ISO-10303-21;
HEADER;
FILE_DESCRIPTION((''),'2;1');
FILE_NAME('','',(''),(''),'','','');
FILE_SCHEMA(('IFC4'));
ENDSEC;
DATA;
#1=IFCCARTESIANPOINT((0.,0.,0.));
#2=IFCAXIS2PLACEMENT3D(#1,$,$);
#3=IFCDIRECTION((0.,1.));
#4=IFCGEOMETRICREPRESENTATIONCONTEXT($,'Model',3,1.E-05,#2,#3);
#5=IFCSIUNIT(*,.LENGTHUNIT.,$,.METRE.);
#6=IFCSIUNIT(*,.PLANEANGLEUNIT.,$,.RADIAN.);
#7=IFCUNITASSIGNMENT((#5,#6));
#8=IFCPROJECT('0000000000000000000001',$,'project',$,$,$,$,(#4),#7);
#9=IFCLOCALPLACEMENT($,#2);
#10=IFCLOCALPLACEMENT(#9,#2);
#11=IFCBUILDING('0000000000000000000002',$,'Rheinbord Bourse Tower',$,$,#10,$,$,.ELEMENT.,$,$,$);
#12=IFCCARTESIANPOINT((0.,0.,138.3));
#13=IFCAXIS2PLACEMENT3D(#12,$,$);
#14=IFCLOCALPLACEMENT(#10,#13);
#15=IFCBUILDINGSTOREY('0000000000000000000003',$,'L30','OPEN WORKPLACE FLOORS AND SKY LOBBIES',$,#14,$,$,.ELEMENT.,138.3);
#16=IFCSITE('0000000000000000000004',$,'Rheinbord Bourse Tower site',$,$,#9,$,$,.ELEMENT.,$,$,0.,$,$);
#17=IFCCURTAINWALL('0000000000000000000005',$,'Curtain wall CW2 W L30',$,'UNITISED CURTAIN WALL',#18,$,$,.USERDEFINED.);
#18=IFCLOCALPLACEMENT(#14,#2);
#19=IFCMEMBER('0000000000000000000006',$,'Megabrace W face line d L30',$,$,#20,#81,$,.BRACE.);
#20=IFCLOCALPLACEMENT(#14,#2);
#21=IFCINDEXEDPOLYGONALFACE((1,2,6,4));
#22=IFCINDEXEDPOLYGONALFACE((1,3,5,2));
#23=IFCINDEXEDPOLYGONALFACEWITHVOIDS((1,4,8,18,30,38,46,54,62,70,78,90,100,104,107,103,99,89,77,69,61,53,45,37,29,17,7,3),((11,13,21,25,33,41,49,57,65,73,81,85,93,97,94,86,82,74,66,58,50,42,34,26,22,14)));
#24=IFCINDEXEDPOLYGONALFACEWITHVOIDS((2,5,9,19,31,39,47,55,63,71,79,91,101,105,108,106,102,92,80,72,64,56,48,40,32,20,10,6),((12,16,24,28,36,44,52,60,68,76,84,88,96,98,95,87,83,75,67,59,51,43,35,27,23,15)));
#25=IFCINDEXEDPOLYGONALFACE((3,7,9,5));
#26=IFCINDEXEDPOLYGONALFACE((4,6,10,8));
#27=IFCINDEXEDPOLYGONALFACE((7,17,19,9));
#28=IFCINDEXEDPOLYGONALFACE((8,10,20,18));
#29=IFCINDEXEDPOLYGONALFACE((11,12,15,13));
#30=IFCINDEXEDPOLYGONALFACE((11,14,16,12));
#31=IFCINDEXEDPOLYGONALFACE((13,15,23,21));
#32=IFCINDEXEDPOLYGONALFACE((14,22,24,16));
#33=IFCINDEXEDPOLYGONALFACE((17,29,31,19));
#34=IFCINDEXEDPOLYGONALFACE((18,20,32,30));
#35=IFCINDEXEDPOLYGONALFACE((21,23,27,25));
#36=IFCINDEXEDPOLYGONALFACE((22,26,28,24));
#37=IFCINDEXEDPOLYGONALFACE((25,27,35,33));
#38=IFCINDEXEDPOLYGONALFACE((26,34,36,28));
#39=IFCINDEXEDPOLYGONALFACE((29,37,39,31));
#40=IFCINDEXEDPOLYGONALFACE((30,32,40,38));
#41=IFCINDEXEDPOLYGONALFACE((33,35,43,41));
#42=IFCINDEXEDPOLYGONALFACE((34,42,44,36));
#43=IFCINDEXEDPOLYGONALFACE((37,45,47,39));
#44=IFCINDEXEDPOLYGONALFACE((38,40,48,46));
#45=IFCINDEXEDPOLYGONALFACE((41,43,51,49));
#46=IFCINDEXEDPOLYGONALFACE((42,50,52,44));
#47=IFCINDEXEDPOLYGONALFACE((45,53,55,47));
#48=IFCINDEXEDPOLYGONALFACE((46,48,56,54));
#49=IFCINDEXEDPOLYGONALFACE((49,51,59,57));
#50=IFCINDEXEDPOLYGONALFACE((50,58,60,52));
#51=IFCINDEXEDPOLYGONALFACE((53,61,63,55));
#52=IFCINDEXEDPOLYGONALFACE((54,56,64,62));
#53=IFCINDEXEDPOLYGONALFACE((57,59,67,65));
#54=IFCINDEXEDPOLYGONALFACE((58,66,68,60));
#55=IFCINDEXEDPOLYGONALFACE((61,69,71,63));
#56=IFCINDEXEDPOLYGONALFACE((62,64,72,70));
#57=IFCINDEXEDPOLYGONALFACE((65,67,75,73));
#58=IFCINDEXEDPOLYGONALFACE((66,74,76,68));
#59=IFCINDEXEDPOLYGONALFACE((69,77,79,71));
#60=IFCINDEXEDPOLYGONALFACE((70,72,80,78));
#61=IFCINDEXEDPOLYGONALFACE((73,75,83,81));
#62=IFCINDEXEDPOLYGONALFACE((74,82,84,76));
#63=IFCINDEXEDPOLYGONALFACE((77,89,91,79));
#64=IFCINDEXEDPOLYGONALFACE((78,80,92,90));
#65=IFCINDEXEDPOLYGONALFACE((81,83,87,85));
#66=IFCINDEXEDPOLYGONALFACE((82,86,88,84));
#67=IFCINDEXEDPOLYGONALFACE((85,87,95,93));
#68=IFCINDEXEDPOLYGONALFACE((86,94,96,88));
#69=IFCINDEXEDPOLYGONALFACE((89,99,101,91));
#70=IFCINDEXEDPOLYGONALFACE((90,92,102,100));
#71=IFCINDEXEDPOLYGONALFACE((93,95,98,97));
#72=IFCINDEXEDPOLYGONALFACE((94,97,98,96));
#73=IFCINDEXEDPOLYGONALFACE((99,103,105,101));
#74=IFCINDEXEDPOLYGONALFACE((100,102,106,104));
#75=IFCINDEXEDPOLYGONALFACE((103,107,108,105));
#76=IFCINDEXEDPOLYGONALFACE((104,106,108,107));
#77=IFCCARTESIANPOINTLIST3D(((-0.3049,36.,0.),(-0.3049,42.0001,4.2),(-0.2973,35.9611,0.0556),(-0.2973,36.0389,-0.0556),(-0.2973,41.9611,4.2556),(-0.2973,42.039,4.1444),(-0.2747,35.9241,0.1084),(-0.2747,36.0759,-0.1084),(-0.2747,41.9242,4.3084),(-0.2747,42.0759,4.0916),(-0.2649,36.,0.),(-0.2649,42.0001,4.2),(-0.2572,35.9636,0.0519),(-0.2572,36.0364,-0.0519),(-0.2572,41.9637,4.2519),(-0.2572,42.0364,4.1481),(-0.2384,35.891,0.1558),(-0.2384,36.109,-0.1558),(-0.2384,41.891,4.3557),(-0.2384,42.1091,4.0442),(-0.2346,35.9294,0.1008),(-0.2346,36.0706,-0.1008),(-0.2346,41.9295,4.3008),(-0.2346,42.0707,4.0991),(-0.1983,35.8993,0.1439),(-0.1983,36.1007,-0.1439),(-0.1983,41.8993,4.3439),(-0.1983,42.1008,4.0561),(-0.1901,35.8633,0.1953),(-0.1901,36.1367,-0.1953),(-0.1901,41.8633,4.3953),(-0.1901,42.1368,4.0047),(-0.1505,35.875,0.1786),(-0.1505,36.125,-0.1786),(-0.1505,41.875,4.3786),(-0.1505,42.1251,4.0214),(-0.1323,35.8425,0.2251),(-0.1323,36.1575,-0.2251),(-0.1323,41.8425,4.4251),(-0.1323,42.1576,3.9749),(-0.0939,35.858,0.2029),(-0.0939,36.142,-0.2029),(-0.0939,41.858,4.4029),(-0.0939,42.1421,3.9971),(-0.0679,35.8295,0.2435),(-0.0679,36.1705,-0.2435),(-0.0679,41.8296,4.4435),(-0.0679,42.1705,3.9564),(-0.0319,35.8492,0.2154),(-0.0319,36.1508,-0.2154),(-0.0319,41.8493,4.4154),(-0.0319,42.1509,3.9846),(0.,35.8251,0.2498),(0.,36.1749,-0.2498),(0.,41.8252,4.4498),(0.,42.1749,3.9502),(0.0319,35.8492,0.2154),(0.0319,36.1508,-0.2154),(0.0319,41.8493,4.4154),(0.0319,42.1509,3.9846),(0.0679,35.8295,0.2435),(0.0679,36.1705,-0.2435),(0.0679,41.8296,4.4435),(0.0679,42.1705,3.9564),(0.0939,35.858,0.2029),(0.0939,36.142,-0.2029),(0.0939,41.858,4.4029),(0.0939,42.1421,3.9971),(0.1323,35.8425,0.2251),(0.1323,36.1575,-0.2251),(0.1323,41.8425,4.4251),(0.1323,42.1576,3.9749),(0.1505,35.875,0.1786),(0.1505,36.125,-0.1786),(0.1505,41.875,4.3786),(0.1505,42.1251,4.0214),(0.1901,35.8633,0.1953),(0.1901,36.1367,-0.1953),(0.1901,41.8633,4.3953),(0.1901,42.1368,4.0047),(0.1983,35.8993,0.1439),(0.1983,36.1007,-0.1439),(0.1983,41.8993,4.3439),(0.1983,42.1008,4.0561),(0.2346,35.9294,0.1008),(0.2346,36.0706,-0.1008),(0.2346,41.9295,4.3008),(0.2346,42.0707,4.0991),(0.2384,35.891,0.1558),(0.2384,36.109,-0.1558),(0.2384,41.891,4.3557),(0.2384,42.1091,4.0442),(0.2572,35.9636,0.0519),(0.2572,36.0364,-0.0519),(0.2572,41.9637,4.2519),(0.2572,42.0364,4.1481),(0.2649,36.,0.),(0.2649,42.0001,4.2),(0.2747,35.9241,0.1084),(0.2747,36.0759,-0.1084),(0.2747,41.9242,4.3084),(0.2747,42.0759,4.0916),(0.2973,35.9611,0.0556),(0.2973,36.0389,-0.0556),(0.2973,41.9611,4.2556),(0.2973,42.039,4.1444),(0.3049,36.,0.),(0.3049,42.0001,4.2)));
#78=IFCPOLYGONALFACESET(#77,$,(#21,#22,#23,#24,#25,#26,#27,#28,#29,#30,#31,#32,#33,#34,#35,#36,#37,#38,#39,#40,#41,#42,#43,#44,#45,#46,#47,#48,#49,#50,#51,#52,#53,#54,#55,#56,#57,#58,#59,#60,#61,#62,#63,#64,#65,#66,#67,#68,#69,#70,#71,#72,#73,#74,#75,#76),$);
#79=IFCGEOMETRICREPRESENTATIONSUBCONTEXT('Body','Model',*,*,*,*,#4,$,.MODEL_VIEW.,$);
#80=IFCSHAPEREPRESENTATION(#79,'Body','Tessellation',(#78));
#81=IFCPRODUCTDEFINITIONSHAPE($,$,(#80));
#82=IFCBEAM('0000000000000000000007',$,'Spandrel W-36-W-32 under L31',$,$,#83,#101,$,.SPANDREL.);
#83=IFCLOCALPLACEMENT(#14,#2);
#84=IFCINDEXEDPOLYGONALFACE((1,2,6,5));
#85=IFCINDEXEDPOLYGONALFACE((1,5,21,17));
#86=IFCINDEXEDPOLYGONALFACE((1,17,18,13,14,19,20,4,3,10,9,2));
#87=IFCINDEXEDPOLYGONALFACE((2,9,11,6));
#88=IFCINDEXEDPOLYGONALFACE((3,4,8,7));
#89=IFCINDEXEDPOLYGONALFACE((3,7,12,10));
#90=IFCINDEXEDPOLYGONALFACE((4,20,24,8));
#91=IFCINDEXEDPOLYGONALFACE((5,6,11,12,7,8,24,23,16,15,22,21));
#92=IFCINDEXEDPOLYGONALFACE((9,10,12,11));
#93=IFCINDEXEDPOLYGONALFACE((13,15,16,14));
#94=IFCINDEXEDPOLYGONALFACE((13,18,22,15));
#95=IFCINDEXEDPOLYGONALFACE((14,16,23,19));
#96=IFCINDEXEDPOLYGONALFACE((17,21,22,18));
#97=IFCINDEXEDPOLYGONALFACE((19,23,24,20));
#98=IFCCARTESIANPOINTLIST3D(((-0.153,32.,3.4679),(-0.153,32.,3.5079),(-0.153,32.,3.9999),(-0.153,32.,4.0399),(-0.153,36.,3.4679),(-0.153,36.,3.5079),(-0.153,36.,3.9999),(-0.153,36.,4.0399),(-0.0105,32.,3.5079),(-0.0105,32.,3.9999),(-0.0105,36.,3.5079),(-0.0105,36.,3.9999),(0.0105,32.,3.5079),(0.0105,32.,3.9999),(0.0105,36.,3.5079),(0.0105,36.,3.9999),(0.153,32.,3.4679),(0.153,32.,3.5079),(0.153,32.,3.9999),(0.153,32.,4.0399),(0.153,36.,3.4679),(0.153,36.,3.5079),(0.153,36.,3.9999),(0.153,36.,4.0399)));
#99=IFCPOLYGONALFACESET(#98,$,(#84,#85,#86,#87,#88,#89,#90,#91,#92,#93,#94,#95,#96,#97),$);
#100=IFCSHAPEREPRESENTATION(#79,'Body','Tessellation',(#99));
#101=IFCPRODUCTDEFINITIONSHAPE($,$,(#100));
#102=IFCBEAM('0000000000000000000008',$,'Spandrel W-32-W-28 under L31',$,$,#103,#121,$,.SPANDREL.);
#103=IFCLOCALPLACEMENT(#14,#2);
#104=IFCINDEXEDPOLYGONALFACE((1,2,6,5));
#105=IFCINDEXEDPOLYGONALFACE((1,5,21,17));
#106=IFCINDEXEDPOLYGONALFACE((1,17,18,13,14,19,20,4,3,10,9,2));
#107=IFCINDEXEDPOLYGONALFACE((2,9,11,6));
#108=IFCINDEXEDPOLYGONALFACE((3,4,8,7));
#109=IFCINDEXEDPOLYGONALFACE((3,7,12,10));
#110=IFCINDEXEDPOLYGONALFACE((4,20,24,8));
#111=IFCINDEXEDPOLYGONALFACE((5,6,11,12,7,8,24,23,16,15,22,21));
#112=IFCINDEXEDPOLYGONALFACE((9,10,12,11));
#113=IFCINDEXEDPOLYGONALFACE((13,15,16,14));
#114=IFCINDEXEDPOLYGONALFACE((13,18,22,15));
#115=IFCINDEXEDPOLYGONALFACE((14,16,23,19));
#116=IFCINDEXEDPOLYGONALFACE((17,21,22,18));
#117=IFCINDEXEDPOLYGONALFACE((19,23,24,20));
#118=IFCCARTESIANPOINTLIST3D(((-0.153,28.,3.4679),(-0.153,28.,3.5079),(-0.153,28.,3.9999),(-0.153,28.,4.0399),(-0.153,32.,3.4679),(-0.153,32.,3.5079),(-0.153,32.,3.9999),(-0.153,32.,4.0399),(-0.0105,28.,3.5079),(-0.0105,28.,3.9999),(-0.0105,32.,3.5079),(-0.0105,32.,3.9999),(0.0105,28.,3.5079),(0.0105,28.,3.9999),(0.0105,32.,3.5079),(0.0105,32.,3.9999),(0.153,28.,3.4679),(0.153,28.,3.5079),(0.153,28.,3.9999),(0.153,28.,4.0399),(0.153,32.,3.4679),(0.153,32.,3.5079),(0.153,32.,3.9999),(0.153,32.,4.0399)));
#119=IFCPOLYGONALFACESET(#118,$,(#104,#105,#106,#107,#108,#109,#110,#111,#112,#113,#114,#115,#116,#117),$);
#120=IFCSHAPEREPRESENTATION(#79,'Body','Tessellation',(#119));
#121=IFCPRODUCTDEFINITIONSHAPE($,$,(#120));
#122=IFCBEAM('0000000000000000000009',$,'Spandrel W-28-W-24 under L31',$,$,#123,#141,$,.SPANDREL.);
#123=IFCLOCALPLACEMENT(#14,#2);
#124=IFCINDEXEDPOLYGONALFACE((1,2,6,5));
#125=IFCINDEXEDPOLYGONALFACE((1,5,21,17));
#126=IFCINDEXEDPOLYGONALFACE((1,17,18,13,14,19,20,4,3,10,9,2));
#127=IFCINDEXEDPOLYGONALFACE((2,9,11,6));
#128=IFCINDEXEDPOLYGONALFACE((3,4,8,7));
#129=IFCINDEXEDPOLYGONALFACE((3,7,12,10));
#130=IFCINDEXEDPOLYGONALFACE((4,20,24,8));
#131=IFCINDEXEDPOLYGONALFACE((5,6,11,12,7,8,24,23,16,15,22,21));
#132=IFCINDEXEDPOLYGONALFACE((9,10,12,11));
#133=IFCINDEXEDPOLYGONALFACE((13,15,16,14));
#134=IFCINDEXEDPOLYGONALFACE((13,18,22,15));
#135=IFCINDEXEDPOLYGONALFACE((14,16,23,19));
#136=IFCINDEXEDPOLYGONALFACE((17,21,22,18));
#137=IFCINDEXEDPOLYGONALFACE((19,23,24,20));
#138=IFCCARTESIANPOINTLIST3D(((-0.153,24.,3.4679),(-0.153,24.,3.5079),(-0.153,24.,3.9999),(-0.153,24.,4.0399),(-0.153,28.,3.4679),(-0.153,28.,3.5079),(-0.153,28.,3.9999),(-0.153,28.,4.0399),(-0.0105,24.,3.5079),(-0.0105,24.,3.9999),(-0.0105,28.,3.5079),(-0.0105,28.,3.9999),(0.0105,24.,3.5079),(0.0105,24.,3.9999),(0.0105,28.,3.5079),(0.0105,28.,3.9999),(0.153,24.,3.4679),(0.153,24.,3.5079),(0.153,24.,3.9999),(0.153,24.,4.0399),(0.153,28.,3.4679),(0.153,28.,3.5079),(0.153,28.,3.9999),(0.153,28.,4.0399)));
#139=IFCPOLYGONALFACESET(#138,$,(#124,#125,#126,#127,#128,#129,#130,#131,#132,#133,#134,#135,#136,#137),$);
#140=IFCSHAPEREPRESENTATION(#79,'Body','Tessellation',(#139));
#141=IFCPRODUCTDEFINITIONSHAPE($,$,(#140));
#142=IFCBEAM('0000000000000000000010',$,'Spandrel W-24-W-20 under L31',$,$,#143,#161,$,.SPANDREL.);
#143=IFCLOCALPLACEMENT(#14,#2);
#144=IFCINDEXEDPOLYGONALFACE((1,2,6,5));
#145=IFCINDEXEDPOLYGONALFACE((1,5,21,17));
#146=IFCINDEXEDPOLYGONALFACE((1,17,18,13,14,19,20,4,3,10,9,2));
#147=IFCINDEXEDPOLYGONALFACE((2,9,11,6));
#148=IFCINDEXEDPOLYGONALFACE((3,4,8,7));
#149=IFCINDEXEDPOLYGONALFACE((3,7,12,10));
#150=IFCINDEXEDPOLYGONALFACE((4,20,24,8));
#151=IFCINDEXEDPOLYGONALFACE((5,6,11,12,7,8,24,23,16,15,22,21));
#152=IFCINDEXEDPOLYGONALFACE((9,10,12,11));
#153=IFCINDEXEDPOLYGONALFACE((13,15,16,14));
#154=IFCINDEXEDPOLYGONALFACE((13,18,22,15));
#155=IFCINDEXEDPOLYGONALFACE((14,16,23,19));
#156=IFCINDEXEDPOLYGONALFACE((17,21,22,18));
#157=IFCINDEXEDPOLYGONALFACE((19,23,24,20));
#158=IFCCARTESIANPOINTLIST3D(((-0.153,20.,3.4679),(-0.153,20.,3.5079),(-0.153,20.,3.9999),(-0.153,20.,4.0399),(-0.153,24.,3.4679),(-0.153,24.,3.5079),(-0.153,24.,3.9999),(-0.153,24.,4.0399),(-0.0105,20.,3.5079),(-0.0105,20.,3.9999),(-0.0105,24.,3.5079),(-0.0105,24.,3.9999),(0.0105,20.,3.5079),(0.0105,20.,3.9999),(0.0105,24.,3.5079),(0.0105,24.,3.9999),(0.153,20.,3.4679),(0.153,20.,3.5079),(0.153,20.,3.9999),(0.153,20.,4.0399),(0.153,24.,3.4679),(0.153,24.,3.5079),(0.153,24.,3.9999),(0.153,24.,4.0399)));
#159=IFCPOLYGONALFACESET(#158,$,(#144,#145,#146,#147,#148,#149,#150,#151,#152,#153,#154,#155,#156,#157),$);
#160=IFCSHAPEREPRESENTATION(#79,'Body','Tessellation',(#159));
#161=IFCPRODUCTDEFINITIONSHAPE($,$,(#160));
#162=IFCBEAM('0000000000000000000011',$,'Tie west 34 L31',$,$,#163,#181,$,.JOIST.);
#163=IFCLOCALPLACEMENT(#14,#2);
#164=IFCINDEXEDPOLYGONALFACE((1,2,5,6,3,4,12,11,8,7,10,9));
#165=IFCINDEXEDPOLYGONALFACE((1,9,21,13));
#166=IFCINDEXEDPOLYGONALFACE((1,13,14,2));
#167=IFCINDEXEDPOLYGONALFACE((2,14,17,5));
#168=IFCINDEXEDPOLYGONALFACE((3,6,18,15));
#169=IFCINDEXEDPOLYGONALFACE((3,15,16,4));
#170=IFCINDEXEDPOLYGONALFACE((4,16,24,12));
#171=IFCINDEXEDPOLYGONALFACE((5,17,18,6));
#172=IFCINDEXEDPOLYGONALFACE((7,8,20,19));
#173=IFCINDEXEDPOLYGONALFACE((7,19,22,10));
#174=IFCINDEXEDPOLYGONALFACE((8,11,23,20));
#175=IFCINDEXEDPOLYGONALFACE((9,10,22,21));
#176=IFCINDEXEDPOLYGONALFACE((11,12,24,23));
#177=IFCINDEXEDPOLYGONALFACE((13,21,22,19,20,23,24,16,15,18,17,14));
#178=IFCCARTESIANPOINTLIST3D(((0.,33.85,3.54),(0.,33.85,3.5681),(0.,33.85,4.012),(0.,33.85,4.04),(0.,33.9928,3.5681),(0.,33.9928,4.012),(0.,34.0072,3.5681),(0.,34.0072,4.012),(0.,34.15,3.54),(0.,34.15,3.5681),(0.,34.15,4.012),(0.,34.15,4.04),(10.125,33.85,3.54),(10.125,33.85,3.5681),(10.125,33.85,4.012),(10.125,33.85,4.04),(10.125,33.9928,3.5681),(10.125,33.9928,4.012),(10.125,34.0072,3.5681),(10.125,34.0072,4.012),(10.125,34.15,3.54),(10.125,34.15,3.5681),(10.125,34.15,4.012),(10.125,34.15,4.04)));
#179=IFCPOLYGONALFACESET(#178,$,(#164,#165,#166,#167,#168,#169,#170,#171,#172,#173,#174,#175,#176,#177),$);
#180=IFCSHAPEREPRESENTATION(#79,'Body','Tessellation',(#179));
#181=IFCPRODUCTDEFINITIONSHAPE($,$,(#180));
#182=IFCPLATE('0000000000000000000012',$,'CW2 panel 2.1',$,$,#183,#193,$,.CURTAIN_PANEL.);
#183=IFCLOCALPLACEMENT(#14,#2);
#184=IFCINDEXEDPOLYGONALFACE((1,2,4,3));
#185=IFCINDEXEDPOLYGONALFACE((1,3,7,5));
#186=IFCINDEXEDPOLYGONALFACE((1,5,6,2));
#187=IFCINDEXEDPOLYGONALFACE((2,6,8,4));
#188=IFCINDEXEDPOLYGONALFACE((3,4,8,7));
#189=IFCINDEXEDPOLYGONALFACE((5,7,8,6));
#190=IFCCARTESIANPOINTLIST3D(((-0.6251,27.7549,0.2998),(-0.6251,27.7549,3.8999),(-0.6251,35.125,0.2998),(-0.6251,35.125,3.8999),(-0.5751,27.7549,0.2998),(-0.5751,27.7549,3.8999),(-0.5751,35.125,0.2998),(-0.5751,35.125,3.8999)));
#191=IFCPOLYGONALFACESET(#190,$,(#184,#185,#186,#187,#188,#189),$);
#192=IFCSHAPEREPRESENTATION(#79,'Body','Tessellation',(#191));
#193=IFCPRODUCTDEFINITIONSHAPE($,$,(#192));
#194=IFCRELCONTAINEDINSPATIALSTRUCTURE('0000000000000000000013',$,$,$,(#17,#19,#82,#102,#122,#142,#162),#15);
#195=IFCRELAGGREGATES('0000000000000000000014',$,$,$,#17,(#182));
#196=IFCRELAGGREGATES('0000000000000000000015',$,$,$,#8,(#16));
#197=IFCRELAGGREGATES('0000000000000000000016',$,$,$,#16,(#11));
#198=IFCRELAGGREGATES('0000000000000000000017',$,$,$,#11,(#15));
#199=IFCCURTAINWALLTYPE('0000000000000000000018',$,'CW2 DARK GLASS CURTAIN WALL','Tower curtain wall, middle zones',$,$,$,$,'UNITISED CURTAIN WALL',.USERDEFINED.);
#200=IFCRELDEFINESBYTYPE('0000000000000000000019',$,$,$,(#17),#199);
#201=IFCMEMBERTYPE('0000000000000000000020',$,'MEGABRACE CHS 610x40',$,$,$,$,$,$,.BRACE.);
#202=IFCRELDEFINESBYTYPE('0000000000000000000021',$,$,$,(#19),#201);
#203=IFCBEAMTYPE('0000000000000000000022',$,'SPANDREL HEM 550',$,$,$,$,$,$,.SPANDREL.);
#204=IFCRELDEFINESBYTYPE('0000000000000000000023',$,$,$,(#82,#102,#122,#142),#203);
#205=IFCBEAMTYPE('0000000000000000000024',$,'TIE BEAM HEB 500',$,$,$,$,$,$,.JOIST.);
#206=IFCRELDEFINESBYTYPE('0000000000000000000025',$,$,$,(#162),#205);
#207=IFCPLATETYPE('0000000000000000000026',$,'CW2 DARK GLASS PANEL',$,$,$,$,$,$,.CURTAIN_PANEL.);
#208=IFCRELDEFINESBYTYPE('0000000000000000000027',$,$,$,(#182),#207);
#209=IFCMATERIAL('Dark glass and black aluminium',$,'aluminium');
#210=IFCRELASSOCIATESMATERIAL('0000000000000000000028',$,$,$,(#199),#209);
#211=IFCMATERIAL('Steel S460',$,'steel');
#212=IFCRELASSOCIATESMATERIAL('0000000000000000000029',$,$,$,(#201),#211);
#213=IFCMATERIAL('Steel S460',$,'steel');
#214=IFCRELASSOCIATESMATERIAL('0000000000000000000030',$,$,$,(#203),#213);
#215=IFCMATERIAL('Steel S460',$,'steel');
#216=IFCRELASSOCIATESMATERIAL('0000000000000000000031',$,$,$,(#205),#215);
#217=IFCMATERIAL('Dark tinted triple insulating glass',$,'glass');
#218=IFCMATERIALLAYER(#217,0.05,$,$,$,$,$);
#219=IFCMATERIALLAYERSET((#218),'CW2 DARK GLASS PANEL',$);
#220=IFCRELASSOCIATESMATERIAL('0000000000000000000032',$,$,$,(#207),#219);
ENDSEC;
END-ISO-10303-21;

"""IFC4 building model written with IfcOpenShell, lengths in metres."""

from ifc_helpers import new_model, si_unit, direction, frame, origin, origin_2d, place, context, subcontext, project, spatial, rectangle, hollow_circle, i_section, extrude, material, layer, layer_set, material_profile, profile_set, type_object, element, aggregate, save


model = new_model("IFC4")

# Units and contexts
model_context = context("Model", 3, precision=1e-05, world=origin(), true_north=direction((0.0, 1.0)))
body_context = subcontext(model_context, "Body", "Model", "MODEL_VIEW")
ifc_project = project(units=[si_unit("LENGTHUNIT", "METRE"), si_unit("PLANEANGLEUNIT", "RADIAN")], contexts=[model_context])

# Site, building, storey
site_placement = place(None, origin())
site = spatial("IfcSite", under=ifc_project, at=site_placement, Name="Rheinbord Bourse Tower site", CompositionType="ELEMENT", RefElevation=0.0)
building_placement = place(site_placement, origin())
building = spatial("IfcBuilding", under=site, at=building_placement, Name="Rheinbord Bourse Tower", CompositionType="ELEMENT")
storey_placement = place(building_placement, frame((0.0, 0.0, 138.3)))
storey = spatial("IfcBuildingStorey", under=building, at=storey_placement, Name="L30", Description="OPEN WORKPLACE FLOORS AND SKY LOBBIES", CompositionType="ELEMENT", Elevation=138.3)

# Curtain wall
ifc_material_1 = material(Name="Dark glass and black aluminium", Category="aluminium")
curtain_wall_type = type_object("IfcCurtainWallType", Name="CW2 DARK GLASS CURTAIN WALL", Description="Tower curtain wall, middle zones", ElementType="UNITISED CURTAIN WALL", PredefinedType="USERDEFINED", material=ifc_material_1)
curtain_wall_placement = place(storey_placement, origin())
curtain_wall = element("IfcCurtainWall", 1, at=curtain_wall_placement, inside=storey, type_object=curtain_wall_type, Name="Curtain wall CW2 W L30", ObjectType="UNITISED CURTAIN WALL", PredefinedType="USERDEFINED")

# Member
ifc_material_2 = material(Name="Steel S460", Category="steel")
ifc_material_profile_1 = material_profile(ifc_material_2, hollow_circle(Radius=0.3049, WallThickness=0.04, at=origin_2d()), Name="CHS 610x40")
ifc_profile_set_1 = profile_set([ifc_material_profile_1], Name="Steel S460")
member_type_1 = type_object("IfcMemberType", Name="MEGABRACE CHS 610x40", PredefinedType="BRACE", material=ifc_profile_set_1)
member_1_placement = place(storey_placement, frame((0.0, 36.0, 0.0), z_axis=(0.0, 0.819235, 0.573458), x_axis=(-1.0, 0.0, 0.0)))
element("IfcMember", 2, at=member_1_placement, inside=storey, type_object=member_type_1, Name="Megabrace W face line d L30", PredefinedType="BRACE", context=body_context, shape_type="SweptSolid", body=[
    extrude(hollow_circle(Radius=0.3049, WallThickness=0.04, at=origin_2d()), origin(), (0.0, 0.0, 1.0), 7.324),
])

# Beams
ifc_material_3 = material(Name="Steel S460", Category="steel")
ifc_material_profile_2 = material_profile(ifc_material_3, i_section(OverallWidth=0.3059, OverallDepth=0.572, WebThickness=0.021, FlangeThickness=0.04, at=origin_2d()), Name="HEM 550")
ifc_profile_set_2 = profile_set([ifc_material_profile_2], Name="Steel S460")
beam_type_1 = type_object("IfcBeamType", Name="SPANDREL HEM 550", PredefinedType="SPANDREL", material=ifc_profile_set_2)
for number, where, z_axis, x_axis, name in (
    (3, (0.0, 36.0, 3.7539), (0.0, -1.0, 0.0), (1.0, 0.0, 0.0), "Spandrel W-36-W-32 under L31"),
    (4, (0.0, 32.0, 3.7539), (0.0, -1.0, 0.0), (1.0, 0.0, 0.0), "Spandrel W-32-W-28 under L31"),
    (5, (0.0, 28.0, 3.7539), (0.0, -1.0, 0.0), (1.0, 0.0, 0.0), "Spandrel W-28-W-24 under L31"),
    (6, (0.0, 24.0, 3.7539), (0.0, -1.0, 0.0), (1.0, 0.0, 0.0), "Spandrel W-24-W-20 under L31"),
):
    element("IfcBeam", number, at=place(storey_placement, frame(where, z_axis=z_axis, x_axis=x_axis)), inside=storey, type_object=beam_type_1, Name=name, PredefinedType="SPANDREL", context=body_context, shape_type="SweptSolid", body=[
        extrude(i_section(OverallWidth=0.3059, OverallDepth=0.572, WebThickness=0.021, FlangeThickness=0.04, at=origin_2d()), origin(), (0.0, 0.0, 1.0), 4.0),
    ])
ifc_material_4 = material(Name="Steel S460", Category="steel")
ifc_material_profile_3 = material_profile(ifc_material_4, i_section(OverallWidth=0.3, OverallDepth=0.5, WebThickness=0.0144, FlangeThickness=0.0281, at=origin_2d()), Name="HEB 500")
ifc_profile_set_3 = profile_set([ifc_material_profile_3], Name="Steel S460")
beam_type_2 = type_object("IfcBeamType", Name="TIE BEAM HEB 500", PredefinedType="JOIST", material=ifc_profile_set_3)
beam_1_placement = place(storey_placement, frame((0.0, 34.0, 3.79), z_axis=(1.0, 0.0, 0.0), x_axis=(0.0, 1.0, 0.0)))
element("IfcBeam", 7, at=beam_1_placement, inside=storey, type_object=beam_type_2, Name="Tie west 34 L31", PredefinedType="JOIST", context=body_context, shape_type="SweptSolid", body=[
    extrude(i_section(OverallWidth=0.3, OverallDepth=0.5, WebThickness=0.0144, FlangeThickness=0.0281, at=origin_2d()), origin(), (0.0, 0.0, 1.0), 10.125),
])

# Plate
ifc_material_5 = material(Name="Dark tinted triple insulating glass", Category="glass")
ifc_layer_1 = layer(ifc_material_5, 0.05)
ifc_layer_set_1 = layer_set([ifc_layer_1], Name="CW2 DARK GLASS PANEL")
plate_type = type_object("IfcPlateType", Name="CW2 DARK GLASS PANEL", PredefinedType="CURTAIN_PANEL", material=ifc_layer_set_1)
plate_1_placement = place(storey_placement, frame((-0.6001, 31.4399, 0.2998), z_axis=(0.0, 0.0, 1.0), x_axis=(0.0, -1.0, 0.0)))
plate_1 = element("IfcPlate", 8, at=plate_1_placement, type_object=plate_type, Name="CW2 panel 2.1", PredefinedType="CURTAIN_PANEL", context=body_context, shape_type="SweptSolid", body=[
    extrude(rectangle(XDim=7.3701, YDim=0.05, at=origin_2d()), origin(), (0.0, 0.0, 1.0), 3.6001),
])
aggregate(curtain_wall, [plate_1])

save(model, "model.ifc")
